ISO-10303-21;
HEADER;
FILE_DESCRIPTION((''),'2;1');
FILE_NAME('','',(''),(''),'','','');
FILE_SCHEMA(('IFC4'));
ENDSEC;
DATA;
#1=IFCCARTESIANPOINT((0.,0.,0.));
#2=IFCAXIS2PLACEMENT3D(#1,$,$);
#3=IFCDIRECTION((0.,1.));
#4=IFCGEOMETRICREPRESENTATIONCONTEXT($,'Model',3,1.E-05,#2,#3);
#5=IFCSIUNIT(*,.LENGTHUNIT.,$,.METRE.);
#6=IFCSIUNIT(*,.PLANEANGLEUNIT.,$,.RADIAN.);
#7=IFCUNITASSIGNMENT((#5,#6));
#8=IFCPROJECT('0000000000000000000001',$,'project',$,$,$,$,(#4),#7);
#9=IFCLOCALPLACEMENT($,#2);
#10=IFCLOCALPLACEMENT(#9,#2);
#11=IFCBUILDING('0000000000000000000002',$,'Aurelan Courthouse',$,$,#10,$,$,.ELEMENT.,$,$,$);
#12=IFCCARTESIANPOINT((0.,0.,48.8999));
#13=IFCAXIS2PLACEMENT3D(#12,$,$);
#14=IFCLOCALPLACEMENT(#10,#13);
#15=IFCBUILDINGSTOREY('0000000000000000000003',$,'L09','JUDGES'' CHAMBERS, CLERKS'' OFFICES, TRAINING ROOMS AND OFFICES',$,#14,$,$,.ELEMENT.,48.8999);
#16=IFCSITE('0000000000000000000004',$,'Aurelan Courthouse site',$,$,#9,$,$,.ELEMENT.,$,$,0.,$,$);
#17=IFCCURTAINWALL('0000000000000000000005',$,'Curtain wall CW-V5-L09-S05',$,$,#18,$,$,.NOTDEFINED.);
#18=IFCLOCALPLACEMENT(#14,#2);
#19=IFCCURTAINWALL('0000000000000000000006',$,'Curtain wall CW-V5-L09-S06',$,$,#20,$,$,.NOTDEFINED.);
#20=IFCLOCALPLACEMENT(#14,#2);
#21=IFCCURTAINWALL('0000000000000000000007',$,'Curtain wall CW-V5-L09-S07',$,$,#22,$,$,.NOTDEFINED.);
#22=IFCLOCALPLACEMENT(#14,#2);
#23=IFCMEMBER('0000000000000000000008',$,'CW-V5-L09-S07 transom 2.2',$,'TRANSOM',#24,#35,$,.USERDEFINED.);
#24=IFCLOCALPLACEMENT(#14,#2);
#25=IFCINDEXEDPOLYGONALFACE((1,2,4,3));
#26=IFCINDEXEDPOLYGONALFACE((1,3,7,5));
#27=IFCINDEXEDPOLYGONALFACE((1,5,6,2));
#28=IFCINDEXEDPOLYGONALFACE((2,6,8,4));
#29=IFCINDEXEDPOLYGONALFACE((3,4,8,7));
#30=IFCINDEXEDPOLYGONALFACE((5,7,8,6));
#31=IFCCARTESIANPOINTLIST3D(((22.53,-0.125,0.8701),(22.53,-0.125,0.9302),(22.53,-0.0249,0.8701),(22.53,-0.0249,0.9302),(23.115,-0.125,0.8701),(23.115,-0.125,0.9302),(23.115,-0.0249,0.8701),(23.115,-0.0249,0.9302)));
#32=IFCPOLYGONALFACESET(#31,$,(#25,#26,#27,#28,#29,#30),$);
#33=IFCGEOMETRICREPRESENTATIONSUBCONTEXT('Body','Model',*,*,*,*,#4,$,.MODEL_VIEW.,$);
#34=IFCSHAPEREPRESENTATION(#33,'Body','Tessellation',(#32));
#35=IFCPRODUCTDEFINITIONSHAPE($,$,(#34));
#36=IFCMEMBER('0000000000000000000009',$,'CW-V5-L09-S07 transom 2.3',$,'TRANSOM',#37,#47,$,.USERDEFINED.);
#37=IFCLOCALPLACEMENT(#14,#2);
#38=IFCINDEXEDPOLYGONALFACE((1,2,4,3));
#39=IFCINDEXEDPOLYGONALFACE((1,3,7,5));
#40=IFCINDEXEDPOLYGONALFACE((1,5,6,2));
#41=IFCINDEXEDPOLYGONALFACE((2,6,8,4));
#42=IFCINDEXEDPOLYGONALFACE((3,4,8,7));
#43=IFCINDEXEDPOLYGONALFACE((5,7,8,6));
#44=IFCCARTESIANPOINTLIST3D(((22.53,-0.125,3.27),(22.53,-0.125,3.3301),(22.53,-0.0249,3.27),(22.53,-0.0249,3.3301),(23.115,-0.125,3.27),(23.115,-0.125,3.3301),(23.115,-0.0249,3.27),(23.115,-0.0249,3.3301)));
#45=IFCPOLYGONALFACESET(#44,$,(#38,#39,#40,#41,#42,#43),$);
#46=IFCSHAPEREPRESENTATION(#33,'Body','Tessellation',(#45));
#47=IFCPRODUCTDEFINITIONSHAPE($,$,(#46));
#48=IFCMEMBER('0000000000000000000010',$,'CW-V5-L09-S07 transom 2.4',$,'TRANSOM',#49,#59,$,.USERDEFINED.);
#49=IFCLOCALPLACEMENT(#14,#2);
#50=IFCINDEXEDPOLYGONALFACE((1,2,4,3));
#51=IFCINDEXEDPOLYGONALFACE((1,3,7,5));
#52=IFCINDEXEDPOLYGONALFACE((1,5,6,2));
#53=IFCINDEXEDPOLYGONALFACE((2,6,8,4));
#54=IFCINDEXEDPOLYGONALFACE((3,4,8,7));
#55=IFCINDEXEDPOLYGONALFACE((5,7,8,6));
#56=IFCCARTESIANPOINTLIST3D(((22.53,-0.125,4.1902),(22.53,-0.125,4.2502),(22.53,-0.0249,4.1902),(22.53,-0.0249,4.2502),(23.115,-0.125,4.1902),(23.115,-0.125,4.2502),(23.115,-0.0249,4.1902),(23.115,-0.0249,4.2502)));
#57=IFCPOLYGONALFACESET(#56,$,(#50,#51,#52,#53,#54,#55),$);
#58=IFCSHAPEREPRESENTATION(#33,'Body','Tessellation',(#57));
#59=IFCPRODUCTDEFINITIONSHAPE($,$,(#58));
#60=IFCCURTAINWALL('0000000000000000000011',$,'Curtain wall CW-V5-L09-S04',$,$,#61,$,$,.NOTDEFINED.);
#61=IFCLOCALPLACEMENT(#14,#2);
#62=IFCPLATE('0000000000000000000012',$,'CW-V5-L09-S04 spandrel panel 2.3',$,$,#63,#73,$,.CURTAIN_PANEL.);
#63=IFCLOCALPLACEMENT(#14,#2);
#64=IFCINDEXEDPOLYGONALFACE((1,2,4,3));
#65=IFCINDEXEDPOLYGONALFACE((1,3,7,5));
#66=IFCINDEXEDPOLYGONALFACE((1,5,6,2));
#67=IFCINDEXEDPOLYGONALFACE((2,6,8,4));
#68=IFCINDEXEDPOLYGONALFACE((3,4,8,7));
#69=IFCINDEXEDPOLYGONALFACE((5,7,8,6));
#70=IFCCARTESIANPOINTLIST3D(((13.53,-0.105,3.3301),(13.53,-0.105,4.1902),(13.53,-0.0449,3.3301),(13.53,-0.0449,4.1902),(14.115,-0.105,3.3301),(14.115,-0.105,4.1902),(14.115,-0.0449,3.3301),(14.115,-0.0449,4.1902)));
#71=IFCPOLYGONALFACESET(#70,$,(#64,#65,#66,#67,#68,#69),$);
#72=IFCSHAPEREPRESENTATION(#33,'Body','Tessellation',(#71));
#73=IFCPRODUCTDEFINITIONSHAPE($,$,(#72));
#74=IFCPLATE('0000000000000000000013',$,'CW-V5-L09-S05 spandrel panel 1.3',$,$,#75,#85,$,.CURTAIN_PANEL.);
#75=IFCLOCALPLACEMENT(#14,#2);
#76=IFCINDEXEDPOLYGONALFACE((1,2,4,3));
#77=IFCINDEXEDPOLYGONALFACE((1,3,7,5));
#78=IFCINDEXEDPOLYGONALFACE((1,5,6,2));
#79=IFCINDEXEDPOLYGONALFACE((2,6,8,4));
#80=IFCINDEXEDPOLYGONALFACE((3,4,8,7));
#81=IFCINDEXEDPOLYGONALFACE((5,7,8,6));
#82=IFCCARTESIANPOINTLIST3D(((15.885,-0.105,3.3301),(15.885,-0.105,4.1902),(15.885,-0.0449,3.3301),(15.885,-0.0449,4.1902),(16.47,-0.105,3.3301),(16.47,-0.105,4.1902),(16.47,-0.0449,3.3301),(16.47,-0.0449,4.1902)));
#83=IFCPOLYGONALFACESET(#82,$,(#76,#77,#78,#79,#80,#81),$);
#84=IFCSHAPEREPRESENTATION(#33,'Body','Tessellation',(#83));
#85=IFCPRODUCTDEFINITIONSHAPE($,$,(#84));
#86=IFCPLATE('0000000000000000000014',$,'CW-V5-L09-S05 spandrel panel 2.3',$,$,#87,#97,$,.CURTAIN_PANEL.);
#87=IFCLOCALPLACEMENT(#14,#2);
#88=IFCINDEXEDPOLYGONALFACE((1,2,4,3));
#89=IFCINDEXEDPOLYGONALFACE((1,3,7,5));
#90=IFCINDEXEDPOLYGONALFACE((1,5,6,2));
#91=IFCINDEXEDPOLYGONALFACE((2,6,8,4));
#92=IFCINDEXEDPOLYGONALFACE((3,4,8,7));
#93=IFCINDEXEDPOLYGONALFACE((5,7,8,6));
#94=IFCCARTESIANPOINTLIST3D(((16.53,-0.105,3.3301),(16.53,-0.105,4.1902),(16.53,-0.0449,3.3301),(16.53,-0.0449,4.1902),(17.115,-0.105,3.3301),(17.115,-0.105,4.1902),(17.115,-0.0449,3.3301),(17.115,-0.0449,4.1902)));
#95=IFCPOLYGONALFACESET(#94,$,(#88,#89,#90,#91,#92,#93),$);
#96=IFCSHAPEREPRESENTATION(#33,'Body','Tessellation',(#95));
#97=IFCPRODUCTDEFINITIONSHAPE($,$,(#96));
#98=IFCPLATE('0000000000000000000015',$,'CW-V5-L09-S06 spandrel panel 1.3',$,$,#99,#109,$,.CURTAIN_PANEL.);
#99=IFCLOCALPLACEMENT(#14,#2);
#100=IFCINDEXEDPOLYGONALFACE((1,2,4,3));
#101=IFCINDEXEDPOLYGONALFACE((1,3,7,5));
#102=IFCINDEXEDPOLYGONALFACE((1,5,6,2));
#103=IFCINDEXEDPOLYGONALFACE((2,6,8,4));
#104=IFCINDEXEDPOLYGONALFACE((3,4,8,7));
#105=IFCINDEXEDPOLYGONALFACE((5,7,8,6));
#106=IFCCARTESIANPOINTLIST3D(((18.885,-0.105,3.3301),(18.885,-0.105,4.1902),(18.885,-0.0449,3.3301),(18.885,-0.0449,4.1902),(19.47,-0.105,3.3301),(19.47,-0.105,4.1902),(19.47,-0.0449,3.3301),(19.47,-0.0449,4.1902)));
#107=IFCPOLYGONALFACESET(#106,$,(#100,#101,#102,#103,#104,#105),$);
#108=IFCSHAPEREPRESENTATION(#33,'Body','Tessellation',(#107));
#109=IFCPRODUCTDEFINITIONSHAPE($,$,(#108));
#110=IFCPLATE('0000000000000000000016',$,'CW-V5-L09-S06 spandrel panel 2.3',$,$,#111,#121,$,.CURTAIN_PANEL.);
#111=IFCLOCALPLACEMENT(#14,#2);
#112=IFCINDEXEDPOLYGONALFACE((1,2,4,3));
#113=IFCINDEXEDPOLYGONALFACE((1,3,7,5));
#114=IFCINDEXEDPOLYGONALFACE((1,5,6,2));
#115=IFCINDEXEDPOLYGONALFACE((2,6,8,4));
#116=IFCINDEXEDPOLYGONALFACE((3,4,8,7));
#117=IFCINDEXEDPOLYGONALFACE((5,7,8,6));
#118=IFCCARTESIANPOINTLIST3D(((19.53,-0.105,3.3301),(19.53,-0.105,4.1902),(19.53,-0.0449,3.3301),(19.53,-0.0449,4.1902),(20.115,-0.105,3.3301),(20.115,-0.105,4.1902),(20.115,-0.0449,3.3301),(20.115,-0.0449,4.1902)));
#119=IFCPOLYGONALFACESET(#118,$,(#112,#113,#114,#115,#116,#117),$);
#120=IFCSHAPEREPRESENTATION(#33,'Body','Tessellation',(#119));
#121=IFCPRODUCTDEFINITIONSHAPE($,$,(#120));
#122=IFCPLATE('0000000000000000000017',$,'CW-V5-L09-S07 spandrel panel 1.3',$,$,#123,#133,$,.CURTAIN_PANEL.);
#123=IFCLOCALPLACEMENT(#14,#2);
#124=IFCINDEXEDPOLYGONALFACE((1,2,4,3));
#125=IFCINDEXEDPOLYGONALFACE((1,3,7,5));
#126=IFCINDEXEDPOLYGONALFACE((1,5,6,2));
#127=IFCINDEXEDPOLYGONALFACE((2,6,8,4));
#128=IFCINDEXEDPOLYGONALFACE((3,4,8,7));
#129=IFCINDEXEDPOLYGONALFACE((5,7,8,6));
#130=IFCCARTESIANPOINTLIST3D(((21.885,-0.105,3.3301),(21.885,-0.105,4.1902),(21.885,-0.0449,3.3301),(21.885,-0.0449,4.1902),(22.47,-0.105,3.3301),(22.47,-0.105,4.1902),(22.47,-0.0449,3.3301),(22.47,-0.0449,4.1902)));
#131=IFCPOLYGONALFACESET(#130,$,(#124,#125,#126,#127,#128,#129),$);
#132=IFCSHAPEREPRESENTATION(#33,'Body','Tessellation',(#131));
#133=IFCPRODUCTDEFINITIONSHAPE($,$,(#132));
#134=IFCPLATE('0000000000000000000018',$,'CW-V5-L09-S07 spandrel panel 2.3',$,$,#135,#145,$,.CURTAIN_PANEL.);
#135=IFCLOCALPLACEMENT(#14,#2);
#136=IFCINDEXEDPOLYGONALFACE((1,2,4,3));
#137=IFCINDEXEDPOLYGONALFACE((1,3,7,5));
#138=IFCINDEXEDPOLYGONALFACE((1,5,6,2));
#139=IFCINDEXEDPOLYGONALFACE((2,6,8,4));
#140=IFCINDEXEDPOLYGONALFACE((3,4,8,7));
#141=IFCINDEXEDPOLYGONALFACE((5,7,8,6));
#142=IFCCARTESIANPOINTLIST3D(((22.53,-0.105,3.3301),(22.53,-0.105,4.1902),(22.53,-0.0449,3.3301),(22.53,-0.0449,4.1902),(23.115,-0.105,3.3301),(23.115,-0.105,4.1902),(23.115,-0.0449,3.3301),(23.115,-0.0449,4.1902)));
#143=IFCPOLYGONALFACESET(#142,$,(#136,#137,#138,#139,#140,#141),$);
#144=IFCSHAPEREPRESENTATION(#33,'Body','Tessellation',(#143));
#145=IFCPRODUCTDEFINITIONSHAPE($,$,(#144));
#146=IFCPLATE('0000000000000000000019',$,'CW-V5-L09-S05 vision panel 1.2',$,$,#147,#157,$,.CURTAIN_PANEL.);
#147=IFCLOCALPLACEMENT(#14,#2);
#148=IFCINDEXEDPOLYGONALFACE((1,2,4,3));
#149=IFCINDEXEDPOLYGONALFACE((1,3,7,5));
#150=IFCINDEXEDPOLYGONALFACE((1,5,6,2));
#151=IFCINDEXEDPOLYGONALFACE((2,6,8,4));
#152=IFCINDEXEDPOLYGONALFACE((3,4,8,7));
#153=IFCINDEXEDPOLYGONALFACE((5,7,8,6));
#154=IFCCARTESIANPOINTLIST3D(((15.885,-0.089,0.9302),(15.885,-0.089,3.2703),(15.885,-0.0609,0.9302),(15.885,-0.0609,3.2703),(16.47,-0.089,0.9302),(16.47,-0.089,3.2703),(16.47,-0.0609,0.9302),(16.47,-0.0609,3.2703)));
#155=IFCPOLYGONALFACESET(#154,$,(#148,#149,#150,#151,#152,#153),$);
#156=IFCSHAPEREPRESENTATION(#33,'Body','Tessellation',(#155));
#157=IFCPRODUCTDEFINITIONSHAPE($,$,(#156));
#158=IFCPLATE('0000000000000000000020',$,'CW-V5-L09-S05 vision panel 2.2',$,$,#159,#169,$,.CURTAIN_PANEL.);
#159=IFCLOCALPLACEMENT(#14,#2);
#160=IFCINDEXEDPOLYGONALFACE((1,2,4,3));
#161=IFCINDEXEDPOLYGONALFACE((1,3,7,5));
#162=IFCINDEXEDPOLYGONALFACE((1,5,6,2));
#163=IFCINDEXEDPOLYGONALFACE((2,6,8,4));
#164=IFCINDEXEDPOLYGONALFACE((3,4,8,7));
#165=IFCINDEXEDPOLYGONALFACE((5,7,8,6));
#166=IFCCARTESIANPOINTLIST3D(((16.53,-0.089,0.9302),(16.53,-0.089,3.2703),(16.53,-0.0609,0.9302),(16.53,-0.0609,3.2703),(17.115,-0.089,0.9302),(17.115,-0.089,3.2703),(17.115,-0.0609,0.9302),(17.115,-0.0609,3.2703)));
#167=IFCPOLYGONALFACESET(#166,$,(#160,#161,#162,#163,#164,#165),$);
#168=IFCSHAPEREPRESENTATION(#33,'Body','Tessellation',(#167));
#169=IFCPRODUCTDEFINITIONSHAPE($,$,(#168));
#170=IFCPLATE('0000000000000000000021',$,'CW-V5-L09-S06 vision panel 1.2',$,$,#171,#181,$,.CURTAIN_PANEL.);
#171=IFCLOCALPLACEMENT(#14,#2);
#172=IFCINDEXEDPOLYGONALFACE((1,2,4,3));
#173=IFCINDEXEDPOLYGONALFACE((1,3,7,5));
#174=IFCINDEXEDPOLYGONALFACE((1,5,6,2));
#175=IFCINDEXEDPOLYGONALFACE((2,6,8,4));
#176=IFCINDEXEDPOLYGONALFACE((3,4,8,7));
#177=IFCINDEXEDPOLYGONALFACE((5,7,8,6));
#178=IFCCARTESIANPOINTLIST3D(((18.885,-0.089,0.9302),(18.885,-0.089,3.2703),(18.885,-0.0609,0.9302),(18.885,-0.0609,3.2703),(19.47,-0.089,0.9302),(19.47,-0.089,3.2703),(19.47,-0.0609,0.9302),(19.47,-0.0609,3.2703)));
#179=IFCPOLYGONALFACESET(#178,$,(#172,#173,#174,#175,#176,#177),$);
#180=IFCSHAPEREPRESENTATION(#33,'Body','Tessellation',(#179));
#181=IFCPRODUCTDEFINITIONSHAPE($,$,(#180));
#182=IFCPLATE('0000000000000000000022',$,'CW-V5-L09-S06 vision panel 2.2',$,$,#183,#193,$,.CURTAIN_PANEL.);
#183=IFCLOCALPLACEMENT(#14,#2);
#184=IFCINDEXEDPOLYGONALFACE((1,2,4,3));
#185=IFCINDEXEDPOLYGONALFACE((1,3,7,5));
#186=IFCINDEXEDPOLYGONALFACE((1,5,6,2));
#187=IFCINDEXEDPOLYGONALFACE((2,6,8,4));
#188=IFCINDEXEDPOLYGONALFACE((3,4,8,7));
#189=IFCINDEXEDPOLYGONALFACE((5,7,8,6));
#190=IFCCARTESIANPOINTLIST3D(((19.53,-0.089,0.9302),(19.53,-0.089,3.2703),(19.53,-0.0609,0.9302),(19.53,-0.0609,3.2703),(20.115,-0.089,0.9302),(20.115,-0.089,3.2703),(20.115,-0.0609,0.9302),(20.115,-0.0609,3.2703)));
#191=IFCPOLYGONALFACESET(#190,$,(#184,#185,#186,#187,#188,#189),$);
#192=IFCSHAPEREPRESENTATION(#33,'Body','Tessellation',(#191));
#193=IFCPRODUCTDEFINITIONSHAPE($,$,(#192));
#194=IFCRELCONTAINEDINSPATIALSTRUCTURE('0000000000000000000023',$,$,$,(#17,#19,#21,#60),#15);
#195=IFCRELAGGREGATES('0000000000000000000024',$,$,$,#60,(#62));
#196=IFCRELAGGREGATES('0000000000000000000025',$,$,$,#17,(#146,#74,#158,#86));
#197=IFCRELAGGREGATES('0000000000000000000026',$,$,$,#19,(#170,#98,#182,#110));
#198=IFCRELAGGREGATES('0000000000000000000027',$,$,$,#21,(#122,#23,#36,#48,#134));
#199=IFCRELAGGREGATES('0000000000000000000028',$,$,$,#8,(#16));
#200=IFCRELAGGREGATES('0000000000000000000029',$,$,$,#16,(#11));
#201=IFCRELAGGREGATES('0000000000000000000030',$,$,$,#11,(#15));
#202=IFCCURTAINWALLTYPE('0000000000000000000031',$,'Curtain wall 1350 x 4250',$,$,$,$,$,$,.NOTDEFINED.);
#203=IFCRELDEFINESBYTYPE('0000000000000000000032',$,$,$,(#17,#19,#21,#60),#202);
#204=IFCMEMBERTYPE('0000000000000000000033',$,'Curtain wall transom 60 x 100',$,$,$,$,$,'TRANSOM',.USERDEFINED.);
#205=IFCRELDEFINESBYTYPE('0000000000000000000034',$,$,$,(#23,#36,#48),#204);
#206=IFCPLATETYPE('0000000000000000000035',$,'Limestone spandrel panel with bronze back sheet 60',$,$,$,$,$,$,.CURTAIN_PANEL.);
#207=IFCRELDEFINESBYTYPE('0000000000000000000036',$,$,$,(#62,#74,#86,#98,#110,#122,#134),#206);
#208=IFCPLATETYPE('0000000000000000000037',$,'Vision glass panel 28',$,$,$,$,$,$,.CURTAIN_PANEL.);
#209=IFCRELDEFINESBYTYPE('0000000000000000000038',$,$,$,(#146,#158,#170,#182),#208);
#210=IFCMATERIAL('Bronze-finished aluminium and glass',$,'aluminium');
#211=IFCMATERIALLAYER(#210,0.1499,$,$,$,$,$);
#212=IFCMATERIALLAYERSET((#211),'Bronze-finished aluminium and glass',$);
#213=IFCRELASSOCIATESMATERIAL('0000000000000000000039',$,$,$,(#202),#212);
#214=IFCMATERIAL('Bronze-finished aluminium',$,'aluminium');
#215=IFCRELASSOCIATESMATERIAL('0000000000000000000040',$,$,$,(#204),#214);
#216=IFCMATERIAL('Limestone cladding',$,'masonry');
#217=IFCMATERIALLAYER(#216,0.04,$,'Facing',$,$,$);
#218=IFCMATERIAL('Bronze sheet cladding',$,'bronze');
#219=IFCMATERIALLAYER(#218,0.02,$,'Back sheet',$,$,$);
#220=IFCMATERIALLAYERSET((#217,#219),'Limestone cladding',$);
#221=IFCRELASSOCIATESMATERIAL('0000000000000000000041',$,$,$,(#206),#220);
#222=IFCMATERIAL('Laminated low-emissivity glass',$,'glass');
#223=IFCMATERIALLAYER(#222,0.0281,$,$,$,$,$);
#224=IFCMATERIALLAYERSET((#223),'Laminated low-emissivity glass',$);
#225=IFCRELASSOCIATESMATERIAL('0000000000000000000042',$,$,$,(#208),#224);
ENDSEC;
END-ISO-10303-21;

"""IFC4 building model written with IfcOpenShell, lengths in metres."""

from ifc_helpers import new_model, si_unit, direction, frame, origin, origin_2d, place, context, subcontext, project, spatial, rectangle, extrude, material, layer, layer_set, material_profile, profile_set, type_object, element, aggregate, save


model = new_model("IFC4")

# Units and contexts
model_context = context("Model", 3, precision=1e-05, world=origin(), true_north=direction((0.0, 1.0)))
body_context = subcontext(model_context, "Body", "Model", "MODEL_VIEW")
ifc_project = project(units=[si_unit("LENGTHUNIT", "METRE"), si_unit("PLANEANGLEUNIT", "RADIAN")], contexts=[model_context])

# Site, building, storey
site_placement = place(None, origin())
site = spatial("IfcSite", under=ifc_project, at=site_placement, Name="Aurelan Courthouse site", CompositionType="ELEMENT", RefElevation=0.0)
building_placement = place(site_placement, origin())
building = spatial("IfcBuilding", under=site, at=building_placement, Name="Aurelan Courthouse", CompositionType="ELEMENT")
storey_placement = place(building_placement, frame((0.0, 0.0, 48.8999)))
storey = spatial("IfcBuildingStorey", under=building, at=storey_placement, Name="L09", Description="JUDGES' CHAMBERS, CLERKS' OFFICES, TRAINING ROOMS AND OFFICES", CompositionType="ELEMENT", Elevation=48.8999)

# Curtain walls, members
ifc_material_1 = material(Name="Bronze-finished aluminium and glass", Category="aluminium")
ifc_layer_1 = layer(ifc_material_1, 0.1499)
ifc_layer_set_1 = layer_set([ifc_layer_1], Name="Bronze-finished aluminium and glass")
curtain_wall_type = type_object("IfcCurtainWallType", Name="Curtain wall 1350 x 4250", PredefinedType="NOTDEFINED", material=ifc_layer_set_1)
curtain_wall_1_placement = place(storey_placement, origin())
curtain_wall_1 = element("IfcCurtainWall", 1, at=curtain_wall_1_placement, inside=storey, type_object=curtain_wall_type, Name="Curtain wall CW-V5-L09-S05", PredefinedType="NOTDEFINED")
ifc_material_2 = material(Name="Bronze-finished aluminium", Category="aluminium")
ifc_material_profile = material_profile(ifc_material_2, rectangle(XDim=0.1001, YDim=0.0601, at=origin_2d()), Name="Bronze transom 60 x 100")
ifc_profile_set = profile_set([ifc_material_profile], Name="Bronze-finished aluminium")
member_type = type_object("IfcMemberType", Name="Curtain wall transom 60 x 100", ElementType="TRANSOM", PredefinedType="USERDEFINED", material=ifc_profile_set)
curtain_wall_2_placement = place(storey_placement, origin())
curtain_wall_2 = element("IfcCurtainWall", 2, at=curtain_wall_2_placement, inside=storey, type_object=curtain_wall_type, Name="Curtain wall CW-V5-L09-S06", PredefinedType="NOTDEFINED")
curtain_wall_3_placement = place(storey_placement, origin())
curtain_wall_3 = element("IfcCurtainWall", 3, at=curtain_wall_3_placement, inside=storey, type_object=curtain_wall_type, Name="Curtain wall CW-V5-L09-S07", PredefinedType="NOTDEFINED")
member_1_placement = place(storey_placement, frame((22.53, -0.075, 0.9001), z_axis=(1.0, 0.0, 0.0), x_axis=(0.0, 1.0, 0.0)))
member_1 = element("IfcMember", 4, at=member_1_placement, type_object=member_type, Name="CW-V5-L09-S07 transom 2.2", ObjectType="TRANSOM", PredefinedType="USERDEFINED", context=body_context, shape_type="SweptSolid", body=[
    extrude(rectangle(XDim=0.1001, YDim=0.0601, at=origin_2d()), origin(), (0.0, 0.0, 1.0), 0.585),
])
member_2_placement = place(storey_placement, frame((22.53, -0.075, 3.3), z_axis=(1.0, 0.0, 0.0), x_axis=(0.0, 1.0, 0.0)))
member_2 = element("IfcMember", 5, at=member_2_placement, type_object=member_type, Name="CW-V5-L09-S07 transom 2.3", ObjectType="TRANSOM", PredefinedType="USERDEFINED", context=body_context, shape_type="SweptSolid", body=[
    extrude(rectangle(XDim=0.1001, YDim=0.0601, at=origin_2d()), origin(), (0.0, 0.0, 1.0), 0.585),
])
member_3_placement = place(storey_placement, frame((22.53, -0.075, 4.2202), z_axis=(1.0, 0.0, 0.0), x_axis=(0.0, 1.0, 0.0)))
member_3 = element("IfcMember", 6, at=member_3_placement, type_object=member_type, Name="CW-V5-L09-S07 transom 2.4", ObjectType="TRANSOM", PredefinedType="USERDEFINED", context=body_context, shape_type="SweptSolid", body=[
    extrude(rectangle(XDim=0.1001, YDim=0.0601, at=origin_2d()), origin(), (0.0, 0.0, 1.0), 0.585),
])

# Curtain wall, plate
curtain_wall_4_placement = place(storey_placement, origin())
curtain_wall_4 = element("IfcCurtainWall", 7, at=curtain_wall_4_placement, inside=storey, type_object=curtain_wall_type, Name="Curtain wall CW-V5-L09-S04", PredefinedType="NOTDEFINED")
ifc_material_3 = material(Name="Limestone cladding", Category="masonry")
ifc_layer_2 = layer(ifc_material_3, 0.04, Name="Facing")
ifc_material_4 = material(Name="Bronze sheet cladding", Category="bronze")
ifc_layer_3 = layer(ifc_material_4, 0.02, Name="Back sheet")
ifc_layer_set_2 = layer_set([ifc_layer_2, ifc_layer_3], Name="Limestone cladding")
plate_type_1 = type_object("IfcPlateType", Name="Limestone spandrel panel with bronze back sheet 60", PredefinedType="CURTAIN_PANEL", material=ifc_layer_set_2)
plate_1_placement = place(storey_placement, frame((13.8225, -0.075, 3.3301), z_axis=(0.0, 0.0, 1.0), x_axis=(1.0, 0.0, 0.0)))
plate_1 = element("IfcPlate", 8, at=plate_1_placement, type_object=plate_type_1, Name="CW-V5-L09-S04 spandrel panel 2.3", PredefinedType="CURTAIN_PANEL", context=body_context, shape_type="SweptSolid", body=[
    extrude(rectangle(XDim=0.585, YDim=0.0601, at=origin_2d()), origin(), (0.0, 0.0, 1.0), 0.8601),
])
aggregate(curtain_wall_4, [plate_1])

# Plates
plate_2_placement = place(storey_placement, frame((16.1775, -0.075, 3.3301), z_axis=(0.0, 0.0, 1.0), x_axis=(1.0, 0.0, 0.0)))
plate_2 = element("IfcPlate", 9, at=plate_2_placement, type_object=plate_type_1, Name="CW-V5-L09-S05 spandrel panel 1.3", PredefinedType="CURTAIN_PANEL", context=body_context, shape_type="SweptSolid", body=[
    extrude(rectangle(XDim=0.585, YDim=0.0601, at=origin_2d()), origin(), (0.0, 0.0, 1.0), 0.8601),
])
plate_3_placement = place(storey_placement, frame((16.8225, -0.075, 3.3301), z_axis=(0.0, 0.0, 1.0), x_axis=(1.0, 0.0, 0.0)))
plate_3 = element("IfcPlate", 10, at=plate_3_placement, type_object=plate_type_1, Name="CW-V5-L09-S05 spandrel panel 2.3", PredefinedType="CURTAIN_PANEL", context=body_context, shape_type="SweptSolid", body=[
    extrude(rectangle(XDim=0.585, YDim=0.0601, at=origin_2d()), origin(), (0.0, 0.0, 1.0), 0.8601),
])
plate_4_placement = place(storey_placement, frame((19.1775, -0.075, 3.3301), z_axis=(0.0, 0.0, 1.0), x_axis=(1.0, 0.0, 0.0)))
plate_4 = element("IfcPlate", 11, at=plate_4_placement, type_object=plate_type_1, Name="CW-V5-L09-S06 spandrel panel 1.3", PredefinedType="CURTAIN_PANEL", context=body_context, shape_type="SweptSolid", body=[
    extrude(rectangle(XDim=0.585, YDim=0.0601, at=origin_2d()), origin(), (0.0, 0.0, 1.0), 0.8601),
])
plate_5_placement = place(storey_placement, frame((19.8225, -0.075, 3.3301), z_axis=(0.0, 0.0, 1.0), x_axis=(1.0, 0.0, 0.0)))
plate_5 = element("IfcPlate", 12, at=plate_5_placement, type_object=plate_type_1, Name="CW-V5-L09-S06 spandrel panel 2.3", PredefinedType="CURTAIN_PANEL", context=body_context, shape_type="SweptSolid", body=[
    extrude(rectangle(XDim=0.585, YDim=0.0601, at=origin_2d()), origin(), (0.0, 0.0, 1.0), 0.8601),
])
plate_6_placement = place(storey_placement, frame((22.1775, -0.075, 3.3301), z_axis=(0.0, 0.0, 1.0), x_axis=(1.0, 0.0, 0.0)))
plate_6 = element("IfcPlate", 13, at=plate_6_placement, type_object=plate_type_1, Name="CW-V5-L09-S07 spandrel panel 1.3", PredefinedType="CURTAIN_PANEL", context=body_context, shape_type="SweptSolid", body=[
    extrude(rectangle(XDim=0.585, YDim=0.0601, at=origin_2d()), origin(), (0.0, 0.0, 1.0), 0.8601),
])
plate_7_placement = place(storey_placement, frame((22.8225, -0.075, 3.3301), z_axis=(0.0, 0.0, 1.0), x_axis=(1.0, 0.0, 0.0)))
plate_7 = element("IfcPlate", 14, at=plate_7_placement, type_object=plate_type_1, Name="CW-V5-L09-S07 spandrel panel 2.3", PredefinedType="CURTAIN_PANEL", context=body_context, shape_type="SweptSolid", body=[
    extrude(rectangle(XDim=0.585, YDim=0.0601, at=origin_2d()), origin(), (0.0, 0.0, 1.0), 0.8601),
])
ifc_material_5 = material(Name="Laminated low-emissivity glass", Category="glass")
ifc_layer_4 = layer(ifc_material_5, 0.0281)
ifc_layer_set_3 = layer_set([ifc_layer_4], Name="Laminated low-emissivity glass")
plate_type_2 = type_object("IfcPlateType", Name="Vision glass panel 28", PredefinedType="CURTAIN_PANEL", material=ifc_layer_set_3)
plate_8_placement = place(storey_placement, frame((16.1775, -0.075, 0.9302), z_axis=(0.0, 0.0, 1.0), x_axis=(1.0, 0.0, 0.0)))
plate_8 = element("IfcPlate", 15, at=plate_8_placement, type_object=plate_type_2, Name="CW-V5-L09-S05 vision panel 1.2", PredefinedType="CURTAIN_PANEL", context=body_context, shape_type="SweptSolid", body=[
    extrude(rectangle(XDim=0.585, YDim=0.0281, at=origin_2d()), origin(), (0.0, 0.0, 1.0), 2.3401),
])
plate_9_placement = place(storey_placement, frame((16.8225, -0.075, 0.9302), z_axis=(0.0, 0.0, 1.0), x_axis=(1.0, 0.0, 0.0)))
plate_9 = element("IfcPlate", 16, at=plate_9_placement, type_object=plate_type_2, Name="CW-V5-L09-S05 vision panel 2.2", PredefinedType="CURTAIN_PANEL", context=body_context, shape_type="SweptSolid", body=[
    extrude(rectangle(XDim=0.585, YDim=0.0281, at=origin_2d()), origin(), (0.0, 0.0, 1.0), 2.3401),
])
aggregate(curtain_wall_1, [plate_8, plate_2, plate_9, plate_3])
plate_10_placement = place(storey_placement, frame((19.1775, -0.075, 0.9302), z_axis=(0.0, 0.0, 1.0), x_axis=(1.0, 0.0, 0.0)))
plate_10 = element("IfcPlate", 17, at=plate_10_placement, type_object=plate_type_2, Name="CW-V5-L09-S06 vision panel 1.2", PredefinedType="CURTAIN_PANEL", context=body_context, shape_type="SweptSolid", body=[
    extrude(rectangle(XDim=0.585, YDim=0.0281, at=origin_2d()), origin(), (0.0, 0.0, 1.0), 2.3401),
])
plate_11_placement = place(storey_placement, frame((19.8225, -0.075, 0.9302), z_axis=(0.0, 0.0, 1.0), x_axis=(1.0, 0.0, 0.0)))
plate_11 = element("IfcPlate", 18, at=plate_11_placement, type_object=plate_type_2, Name="CW-V5-L09-S06 vision panel 2.2", PredefinedType="CURTAIN_PANEL", context=body_context, shape_type="SweptSolid", body=[
    extrude(rectangle(XDim=0.585, YDim=0.0281, at=origin_2d()), origin(), (0.0, 0.0, 1.0), 2.3401),
])
aggregate(curtain_wall_2, [plate_10, plate_4, plate_11, plate_5])
aggregate(curtain_wall_3, [plate_6, member_1, member_2, member_3, plate_7])

save(model, "model.ifc")
